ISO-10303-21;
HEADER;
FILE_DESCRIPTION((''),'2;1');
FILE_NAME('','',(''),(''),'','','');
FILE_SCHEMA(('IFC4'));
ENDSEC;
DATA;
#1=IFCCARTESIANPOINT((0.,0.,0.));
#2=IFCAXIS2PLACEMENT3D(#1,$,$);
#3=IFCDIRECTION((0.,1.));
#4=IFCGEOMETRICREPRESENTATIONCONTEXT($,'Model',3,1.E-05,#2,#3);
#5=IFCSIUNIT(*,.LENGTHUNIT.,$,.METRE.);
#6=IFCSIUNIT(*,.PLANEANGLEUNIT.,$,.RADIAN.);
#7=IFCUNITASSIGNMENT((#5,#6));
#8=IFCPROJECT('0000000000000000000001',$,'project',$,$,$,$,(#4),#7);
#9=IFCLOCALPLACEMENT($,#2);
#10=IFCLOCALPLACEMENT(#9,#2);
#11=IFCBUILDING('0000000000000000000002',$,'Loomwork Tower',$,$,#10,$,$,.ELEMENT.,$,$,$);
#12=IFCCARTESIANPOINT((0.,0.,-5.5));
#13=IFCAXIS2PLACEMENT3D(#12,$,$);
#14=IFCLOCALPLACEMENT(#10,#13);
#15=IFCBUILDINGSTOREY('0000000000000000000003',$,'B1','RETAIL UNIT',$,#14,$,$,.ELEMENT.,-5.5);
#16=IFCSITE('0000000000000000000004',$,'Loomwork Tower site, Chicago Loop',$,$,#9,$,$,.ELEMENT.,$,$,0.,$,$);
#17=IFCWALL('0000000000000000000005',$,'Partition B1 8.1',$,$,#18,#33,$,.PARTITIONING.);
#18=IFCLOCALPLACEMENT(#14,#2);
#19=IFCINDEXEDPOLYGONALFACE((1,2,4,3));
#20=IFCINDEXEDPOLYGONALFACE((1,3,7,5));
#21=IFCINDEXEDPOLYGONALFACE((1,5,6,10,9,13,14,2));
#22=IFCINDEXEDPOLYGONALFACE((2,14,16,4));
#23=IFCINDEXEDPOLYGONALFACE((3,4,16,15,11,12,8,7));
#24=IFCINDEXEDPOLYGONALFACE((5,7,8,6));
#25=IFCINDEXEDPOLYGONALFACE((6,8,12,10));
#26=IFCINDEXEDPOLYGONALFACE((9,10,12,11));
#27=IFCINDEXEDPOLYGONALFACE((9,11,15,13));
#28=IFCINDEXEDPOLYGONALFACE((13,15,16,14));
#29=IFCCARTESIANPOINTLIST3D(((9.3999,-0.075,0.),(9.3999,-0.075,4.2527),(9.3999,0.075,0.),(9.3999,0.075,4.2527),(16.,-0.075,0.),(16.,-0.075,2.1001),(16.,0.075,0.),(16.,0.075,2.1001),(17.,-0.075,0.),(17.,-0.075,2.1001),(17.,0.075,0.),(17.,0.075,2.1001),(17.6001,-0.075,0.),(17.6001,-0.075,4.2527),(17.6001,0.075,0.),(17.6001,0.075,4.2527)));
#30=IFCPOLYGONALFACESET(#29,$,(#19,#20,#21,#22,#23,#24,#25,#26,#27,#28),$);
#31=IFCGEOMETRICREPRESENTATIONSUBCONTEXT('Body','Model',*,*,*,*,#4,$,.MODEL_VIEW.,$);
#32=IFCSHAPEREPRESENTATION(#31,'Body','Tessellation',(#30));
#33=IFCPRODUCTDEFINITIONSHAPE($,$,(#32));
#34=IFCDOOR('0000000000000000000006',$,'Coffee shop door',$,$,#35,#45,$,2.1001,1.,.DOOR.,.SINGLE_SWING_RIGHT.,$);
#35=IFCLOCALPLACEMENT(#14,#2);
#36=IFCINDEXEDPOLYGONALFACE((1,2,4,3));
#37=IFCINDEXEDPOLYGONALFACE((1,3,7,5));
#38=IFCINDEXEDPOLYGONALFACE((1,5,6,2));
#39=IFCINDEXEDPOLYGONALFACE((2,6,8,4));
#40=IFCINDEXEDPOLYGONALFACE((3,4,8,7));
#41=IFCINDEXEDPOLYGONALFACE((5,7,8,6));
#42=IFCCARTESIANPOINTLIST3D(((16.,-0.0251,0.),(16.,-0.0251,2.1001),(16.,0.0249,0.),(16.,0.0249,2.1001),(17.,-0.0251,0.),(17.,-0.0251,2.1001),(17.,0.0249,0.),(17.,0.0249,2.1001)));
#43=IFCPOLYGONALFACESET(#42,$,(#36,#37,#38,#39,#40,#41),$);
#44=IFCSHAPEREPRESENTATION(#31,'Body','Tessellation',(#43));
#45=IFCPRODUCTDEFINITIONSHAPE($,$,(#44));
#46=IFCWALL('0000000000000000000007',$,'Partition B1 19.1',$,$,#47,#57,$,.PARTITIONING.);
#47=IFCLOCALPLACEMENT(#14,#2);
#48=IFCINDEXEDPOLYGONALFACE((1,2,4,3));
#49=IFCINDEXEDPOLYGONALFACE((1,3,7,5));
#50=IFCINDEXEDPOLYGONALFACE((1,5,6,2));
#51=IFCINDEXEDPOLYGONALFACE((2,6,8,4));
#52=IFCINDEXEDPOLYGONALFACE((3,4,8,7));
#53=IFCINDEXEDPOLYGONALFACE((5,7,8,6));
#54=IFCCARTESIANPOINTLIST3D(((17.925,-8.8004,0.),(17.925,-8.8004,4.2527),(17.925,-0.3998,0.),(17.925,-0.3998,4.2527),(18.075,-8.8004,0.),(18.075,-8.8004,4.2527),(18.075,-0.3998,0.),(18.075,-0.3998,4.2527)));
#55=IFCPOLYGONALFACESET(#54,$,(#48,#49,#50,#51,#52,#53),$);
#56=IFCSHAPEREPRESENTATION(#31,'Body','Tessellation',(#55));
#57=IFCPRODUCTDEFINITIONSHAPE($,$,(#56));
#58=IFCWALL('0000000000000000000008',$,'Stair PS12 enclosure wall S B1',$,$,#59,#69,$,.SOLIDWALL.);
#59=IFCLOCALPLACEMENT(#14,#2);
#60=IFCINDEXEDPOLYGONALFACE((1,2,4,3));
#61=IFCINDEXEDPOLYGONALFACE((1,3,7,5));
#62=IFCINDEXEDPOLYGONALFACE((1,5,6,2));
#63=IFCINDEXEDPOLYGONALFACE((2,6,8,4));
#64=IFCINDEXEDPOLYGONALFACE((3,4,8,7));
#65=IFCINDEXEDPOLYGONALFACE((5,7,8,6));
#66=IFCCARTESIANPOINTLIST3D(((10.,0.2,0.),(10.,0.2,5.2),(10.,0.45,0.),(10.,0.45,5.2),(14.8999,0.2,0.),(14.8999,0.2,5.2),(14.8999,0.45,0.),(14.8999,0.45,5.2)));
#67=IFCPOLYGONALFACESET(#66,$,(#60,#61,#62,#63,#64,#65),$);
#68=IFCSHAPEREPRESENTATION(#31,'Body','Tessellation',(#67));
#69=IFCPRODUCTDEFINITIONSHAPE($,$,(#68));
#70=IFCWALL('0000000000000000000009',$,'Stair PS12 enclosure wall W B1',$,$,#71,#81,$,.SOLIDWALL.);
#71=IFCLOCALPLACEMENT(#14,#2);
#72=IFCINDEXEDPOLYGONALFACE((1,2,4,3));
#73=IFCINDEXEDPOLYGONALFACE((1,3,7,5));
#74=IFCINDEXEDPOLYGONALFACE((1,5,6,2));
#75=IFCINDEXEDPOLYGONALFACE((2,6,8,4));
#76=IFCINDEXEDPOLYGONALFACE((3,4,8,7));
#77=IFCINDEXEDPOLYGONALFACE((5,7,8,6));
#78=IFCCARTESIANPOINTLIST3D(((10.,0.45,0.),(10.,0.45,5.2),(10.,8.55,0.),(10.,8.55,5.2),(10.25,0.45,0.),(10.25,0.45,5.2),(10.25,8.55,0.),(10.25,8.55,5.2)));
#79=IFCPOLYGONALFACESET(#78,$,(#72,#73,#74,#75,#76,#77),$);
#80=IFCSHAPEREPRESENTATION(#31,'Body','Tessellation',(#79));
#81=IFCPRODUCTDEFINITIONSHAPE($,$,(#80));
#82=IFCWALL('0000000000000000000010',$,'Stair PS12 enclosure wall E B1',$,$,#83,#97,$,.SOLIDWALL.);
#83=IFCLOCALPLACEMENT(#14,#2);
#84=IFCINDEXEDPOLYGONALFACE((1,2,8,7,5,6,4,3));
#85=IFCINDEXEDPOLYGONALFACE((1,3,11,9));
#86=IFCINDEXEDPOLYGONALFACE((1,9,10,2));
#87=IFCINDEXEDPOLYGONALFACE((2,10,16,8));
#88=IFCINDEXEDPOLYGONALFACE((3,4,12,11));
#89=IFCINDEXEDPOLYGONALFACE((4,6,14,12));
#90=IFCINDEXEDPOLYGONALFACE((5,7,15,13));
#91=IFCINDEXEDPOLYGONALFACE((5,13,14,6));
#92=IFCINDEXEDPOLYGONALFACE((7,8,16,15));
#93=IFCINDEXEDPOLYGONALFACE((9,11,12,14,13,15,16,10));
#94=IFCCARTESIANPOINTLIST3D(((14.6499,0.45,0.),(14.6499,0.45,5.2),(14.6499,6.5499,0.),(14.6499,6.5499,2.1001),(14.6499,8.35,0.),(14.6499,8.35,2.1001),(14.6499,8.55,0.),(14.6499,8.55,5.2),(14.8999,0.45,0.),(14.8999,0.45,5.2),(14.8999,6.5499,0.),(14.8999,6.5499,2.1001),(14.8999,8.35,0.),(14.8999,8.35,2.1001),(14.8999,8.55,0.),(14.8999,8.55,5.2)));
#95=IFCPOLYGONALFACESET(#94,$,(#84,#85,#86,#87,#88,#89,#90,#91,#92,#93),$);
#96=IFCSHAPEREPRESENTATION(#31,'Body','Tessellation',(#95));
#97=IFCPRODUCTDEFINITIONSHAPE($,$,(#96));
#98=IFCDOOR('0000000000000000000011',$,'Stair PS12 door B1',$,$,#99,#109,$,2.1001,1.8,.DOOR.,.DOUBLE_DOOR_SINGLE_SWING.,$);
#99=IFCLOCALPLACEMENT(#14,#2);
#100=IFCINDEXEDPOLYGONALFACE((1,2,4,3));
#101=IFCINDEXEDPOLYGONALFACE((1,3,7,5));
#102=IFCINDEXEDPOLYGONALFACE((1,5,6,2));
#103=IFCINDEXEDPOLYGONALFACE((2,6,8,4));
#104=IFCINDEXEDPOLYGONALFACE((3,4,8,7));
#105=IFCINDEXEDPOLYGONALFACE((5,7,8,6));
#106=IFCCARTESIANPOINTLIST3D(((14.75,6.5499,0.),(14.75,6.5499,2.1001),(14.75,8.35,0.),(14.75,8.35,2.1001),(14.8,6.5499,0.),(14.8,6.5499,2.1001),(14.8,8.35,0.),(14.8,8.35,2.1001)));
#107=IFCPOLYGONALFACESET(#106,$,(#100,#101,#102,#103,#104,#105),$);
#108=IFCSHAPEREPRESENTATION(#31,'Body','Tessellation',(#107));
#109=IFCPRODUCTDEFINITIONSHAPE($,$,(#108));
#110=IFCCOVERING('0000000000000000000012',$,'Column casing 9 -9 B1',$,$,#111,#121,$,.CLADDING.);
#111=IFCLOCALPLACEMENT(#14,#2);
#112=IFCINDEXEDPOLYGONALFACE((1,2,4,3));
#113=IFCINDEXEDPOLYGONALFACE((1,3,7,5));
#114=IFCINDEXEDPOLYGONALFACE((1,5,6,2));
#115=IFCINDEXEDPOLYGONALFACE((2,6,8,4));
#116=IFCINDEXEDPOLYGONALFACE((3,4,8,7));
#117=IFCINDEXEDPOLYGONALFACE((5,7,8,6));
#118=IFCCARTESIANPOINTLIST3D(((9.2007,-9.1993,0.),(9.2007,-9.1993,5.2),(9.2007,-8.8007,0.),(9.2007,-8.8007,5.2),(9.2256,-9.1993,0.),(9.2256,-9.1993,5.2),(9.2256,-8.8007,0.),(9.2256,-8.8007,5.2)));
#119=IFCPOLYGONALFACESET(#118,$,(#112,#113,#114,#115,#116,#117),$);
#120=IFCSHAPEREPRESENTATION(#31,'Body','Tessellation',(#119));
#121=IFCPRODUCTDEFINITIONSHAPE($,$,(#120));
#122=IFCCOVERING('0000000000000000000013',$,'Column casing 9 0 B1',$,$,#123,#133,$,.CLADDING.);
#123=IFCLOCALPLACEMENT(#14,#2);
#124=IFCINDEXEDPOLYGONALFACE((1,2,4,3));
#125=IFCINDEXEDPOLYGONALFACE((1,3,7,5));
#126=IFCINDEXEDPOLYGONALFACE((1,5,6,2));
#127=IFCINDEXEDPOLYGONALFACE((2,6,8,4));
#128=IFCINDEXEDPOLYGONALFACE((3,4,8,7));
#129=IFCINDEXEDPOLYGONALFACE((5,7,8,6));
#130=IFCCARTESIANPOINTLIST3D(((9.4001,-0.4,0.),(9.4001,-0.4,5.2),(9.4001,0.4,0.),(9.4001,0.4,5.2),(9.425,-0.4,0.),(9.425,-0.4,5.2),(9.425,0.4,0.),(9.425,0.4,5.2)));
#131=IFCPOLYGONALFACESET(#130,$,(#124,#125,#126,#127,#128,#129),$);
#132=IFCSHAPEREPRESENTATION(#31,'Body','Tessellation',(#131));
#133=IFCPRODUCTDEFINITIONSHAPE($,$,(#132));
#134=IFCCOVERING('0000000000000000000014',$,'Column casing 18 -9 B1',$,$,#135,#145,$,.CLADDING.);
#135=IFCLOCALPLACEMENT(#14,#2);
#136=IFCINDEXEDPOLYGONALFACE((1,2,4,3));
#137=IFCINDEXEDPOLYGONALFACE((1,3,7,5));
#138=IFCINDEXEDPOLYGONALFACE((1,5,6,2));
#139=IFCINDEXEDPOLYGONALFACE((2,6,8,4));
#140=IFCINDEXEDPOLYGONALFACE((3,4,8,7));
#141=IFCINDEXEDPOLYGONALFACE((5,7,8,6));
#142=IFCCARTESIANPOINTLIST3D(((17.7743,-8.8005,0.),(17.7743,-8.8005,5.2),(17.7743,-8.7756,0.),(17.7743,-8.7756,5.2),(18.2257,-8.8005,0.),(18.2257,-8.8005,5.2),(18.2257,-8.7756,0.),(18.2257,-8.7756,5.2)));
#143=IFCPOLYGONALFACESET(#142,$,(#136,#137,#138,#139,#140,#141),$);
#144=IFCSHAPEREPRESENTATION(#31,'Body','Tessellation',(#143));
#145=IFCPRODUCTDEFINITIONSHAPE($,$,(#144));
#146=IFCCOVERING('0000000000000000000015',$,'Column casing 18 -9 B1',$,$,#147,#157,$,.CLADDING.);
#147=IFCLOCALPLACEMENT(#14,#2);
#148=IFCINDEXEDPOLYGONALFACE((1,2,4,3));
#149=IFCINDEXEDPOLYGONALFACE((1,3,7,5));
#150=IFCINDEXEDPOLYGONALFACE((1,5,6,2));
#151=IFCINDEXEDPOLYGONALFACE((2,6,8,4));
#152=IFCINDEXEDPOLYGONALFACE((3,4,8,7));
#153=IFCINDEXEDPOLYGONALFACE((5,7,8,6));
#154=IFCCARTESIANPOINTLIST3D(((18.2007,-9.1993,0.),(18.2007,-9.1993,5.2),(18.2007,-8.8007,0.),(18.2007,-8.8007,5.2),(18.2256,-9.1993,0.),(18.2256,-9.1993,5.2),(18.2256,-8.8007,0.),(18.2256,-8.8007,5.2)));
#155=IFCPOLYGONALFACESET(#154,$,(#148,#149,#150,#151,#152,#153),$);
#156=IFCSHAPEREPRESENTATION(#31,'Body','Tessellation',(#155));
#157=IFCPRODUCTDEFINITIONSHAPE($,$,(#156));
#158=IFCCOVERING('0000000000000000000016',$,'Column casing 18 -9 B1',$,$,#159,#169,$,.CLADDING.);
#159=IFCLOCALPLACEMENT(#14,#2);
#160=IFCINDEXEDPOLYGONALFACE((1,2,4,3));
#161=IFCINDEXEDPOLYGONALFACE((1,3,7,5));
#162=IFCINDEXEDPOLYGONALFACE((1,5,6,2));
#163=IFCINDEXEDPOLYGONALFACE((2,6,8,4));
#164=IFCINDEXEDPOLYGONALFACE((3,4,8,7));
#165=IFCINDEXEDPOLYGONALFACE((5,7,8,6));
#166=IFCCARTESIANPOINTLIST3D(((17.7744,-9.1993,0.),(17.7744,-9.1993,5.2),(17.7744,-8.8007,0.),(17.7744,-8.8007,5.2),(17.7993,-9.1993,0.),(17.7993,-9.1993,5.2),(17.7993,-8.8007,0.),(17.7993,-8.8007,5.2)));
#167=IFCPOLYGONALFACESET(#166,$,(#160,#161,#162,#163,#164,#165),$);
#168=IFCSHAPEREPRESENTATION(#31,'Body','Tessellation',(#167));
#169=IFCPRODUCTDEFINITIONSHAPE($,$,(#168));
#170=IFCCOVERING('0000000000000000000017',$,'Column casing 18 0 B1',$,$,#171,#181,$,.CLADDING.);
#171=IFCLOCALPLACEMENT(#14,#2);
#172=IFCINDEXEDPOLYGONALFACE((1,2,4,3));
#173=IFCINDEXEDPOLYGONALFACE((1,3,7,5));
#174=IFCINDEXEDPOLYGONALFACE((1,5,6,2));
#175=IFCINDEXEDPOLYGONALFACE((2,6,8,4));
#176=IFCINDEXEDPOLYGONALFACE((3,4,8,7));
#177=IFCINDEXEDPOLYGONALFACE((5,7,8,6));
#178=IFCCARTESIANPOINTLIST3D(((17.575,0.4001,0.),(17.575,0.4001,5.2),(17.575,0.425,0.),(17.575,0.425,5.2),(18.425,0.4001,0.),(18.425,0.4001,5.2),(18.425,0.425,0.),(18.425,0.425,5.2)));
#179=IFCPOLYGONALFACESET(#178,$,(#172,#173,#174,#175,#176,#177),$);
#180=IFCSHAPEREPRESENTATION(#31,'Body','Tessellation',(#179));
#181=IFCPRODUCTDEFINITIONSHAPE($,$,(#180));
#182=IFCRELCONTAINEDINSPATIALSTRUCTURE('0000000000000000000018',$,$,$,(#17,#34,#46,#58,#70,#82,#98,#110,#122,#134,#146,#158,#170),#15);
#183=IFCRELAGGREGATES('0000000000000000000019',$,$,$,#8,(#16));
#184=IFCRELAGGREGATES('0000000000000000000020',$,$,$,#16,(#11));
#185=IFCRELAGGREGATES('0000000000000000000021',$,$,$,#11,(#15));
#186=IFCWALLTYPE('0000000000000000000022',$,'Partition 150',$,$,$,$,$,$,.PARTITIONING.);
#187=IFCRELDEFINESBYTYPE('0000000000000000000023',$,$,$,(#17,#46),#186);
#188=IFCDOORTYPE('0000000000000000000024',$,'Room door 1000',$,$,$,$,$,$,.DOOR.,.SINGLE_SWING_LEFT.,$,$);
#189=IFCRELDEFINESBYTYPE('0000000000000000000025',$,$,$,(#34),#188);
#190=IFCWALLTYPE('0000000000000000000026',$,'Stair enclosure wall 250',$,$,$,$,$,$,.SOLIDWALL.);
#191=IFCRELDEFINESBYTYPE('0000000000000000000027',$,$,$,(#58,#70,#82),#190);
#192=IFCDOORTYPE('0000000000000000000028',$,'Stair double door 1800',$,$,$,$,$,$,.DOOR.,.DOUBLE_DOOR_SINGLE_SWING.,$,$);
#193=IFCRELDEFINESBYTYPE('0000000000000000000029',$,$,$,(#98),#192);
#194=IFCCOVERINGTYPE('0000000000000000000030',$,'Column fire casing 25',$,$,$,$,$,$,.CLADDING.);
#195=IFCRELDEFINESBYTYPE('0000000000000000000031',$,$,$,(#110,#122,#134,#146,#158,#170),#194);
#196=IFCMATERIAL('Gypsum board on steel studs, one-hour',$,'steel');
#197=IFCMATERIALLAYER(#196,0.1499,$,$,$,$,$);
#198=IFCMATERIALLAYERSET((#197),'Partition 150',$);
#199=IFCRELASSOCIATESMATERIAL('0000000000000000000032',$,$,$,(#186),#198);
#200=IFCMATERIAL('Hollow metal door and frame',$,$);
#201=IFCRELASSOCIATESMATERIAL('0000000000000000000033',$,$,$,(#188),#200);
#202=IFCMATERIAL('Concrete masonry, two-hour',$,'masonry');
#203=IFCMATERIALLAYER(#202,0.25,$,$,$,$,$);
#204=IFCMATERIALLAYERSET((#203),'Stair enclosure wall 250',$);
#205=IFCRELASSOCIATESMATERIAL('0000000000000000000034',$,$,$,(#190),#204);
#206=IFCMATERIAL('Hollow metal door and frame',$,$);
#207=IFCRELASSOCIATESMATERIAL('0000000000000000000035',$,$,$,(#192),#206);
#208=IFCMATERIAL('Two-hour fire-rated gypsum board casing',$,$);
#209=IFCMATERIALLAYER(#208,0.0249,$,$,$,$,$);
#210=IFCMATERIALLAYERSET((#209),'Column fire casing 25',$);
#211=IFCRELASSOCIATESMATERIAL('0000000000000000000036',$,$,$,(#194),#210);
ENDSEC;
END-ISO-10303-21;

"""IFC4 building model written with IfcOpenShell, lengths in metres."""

from ifc_helpers import new_model, si_unit, direction, frame, frame_2d, origin, origin_2d, place, context, subcontext, project, spatial, rectangle, extrude, material, layer, layer_set, type_object, element, fill, save


model = new_model("IFC4")

# Units and contexts
model_context = context("Model", 3, precision=1e-05, world=origin(), true_north=direction((0.0, 1.0)))
body_context = subcontext(model_context, "Body", "Model", "MODEL_VIEW")
ifc_project = project(units=[si_unit("LENGTHUNIT", "METRE"), si_unit("PLANEANGLEUNIT", "RADIAN")], contexts=[model_context])

# Site, building, storey
site_placement = place(None, origin())
site = spatial("IfcSite", under=ifc_project, at=site_placement, Name="Loomwork Tower site, Chicago Loop", CompositionType="ELEMENT", RefElevation=0.0)
building_placement = place(site_placement, origin())
building = spatial("IfcBuilding", under=site, at=building_placement, Name="Loomwork Tower", CompositionType="ELEMENT")
storey_placement = place(building_placement, frame((0.0, 0.0, -5.5)))
storey = spatial("IfcBuildingStorey", under=building, at=storey_placement, Name="B1", Description="RETAIL UNIT", CompositionType="ELEMENT", Elevation=-5.5)

# Wall, opening, door
ifc_material_1 = material(Name="Gypsum board on steel studs, one-hour", Category="steel")
ifc_layer_1 = layer(ifc_material_1, 0.1499)
ifc_layer_set_1 = layer_set([ifc_layer_1], Name="Partition 150")
wall_type_1 = type_object("IfcWallType", Name="Partition 150", PredefinedType="PARTITIONING", material=ifc_layer_set_1)
wall_1_placement = place(storey_placement, frame((9.3999, 0.0, 0.0), z_axis=(0.0, 0.0, 1.0), x_axis=(1.0, 0.0, 0.0)))
wall_1 = element("IfcWall", 1, at=wall_1_placement, inside=storey, type_object=wall_type_1, Name="Partition B1 8.1", PredefinedType="PARTITIONING", context=body_context, shape_type="SweptSolid", body=[
    extrude(rectangle(XDim=8.2002, YDim=0.1499, at=frame_2d((4.1001, 0.0))), origin(), (0.0, 0.0, 1.0), 4.2527),
])
opening_1_placement = place(wall_1_placement, frame((6.6001, 0.0, 0.0)))
opening_1 = element("IfcOpeningElement", 2, at=opening_1_placement, cuts=wall_1, PredefinedType="OPENING", context=body_context, shape_type="SweptSolid", body=[
    extrude(rectangle(XDim=1.0, YDim=2.1001, at=frame_2d((0.5, 1.05))), frame((0.0, 0.085, 0.0), z_axis=(0.0, -1.0, 0.0), x_axis=(1.0, 0.0, 0.0)), (0.0, 0.0, 1.0), 0.1699),
])
ifc_material_2 = material(Name="Hollow metal door and frame")
door_type_1 = type_object("IfcDoorType", Name="Room door 1000", OperationType="SINGLE_SWING_LEFT", PredefinedType="DOOR", material=ifc_material_2)
door_1_placement = place(opening_1_placement, origin())
door_1 = element("IfcDoor", 3, at=door_1_placement, inside=storey, type_object=door_type_1, Name="Coffee shop door", OperationType="SINGLE_SWING_RIGHT", OverallHeight=2.1001, OverallWidth=1.0, PredefinedType="DOOR", context=body_context, shape_type="SweptSolid", body=[
    extrude(rectangle(XDim=1.0, YDim=2.1001, at=frame_2d((0.5, 1.05))), frame((0.0, 0.0249, 0.0), z_axis=(0.0, -1.0, 0.0), x_axis=(1.0, 0.0, 0.0)), (0.0, 0.0, 1.0), 0.05),
])
fill(opening_1, door_1)

# Walls
wall_2_placement = place(storey_placement, frame((18.0, -0.3999, 0.0), z_axis=(0.0, 0.0, 1.0), x_axis=(0.0, -1.0, 0.0)))
element("IfcWall", 4, at=wall_2_placement, inside=storey, type_object=wall_type_1, Name="Partition B1 19.1", PredefinedType="PARTITIONING", context=body_context, shape_type="SweptSolid", body=[
    extrude(rectangle(XDim=8.4006, YDim=0.1499, at=frame_2d((4.2002, 0.0))), origin(), (0.0, 0.0, 1.0), 4.2527),
])
ifc_material_3 = material(Name="Concrete masonry, two-hour", Category="masonry")
ifc_layer_2 = layer(ifc_material_3, 0.25)
ifc_layer_set_2 = layer_set([ifc_layer_2], Name="Stair enclosure wall 250")
wall_type_2 = type_object("IfcWallType", Name="Stair enclosure wall 250", PredefinedType="SOLIDWALL", material=ifc_layer_set_2)
wall_3_placement = place(storey_placement, frame((10.0, 0.325, 0.0), z_axis=(0.0, 0.0, 1.0), x_axis=(1.0, 0.0, 0.0)))
element("IfcWall", 5, at=wall_3_placement, inside=storey, type_object=wall_type_2, Name="Stair PS12 enclosure wall S B1", PredefinedType="SOLIDWALL", context=body_context, shape_type="SweptSolid", body=[
    extrude(rectangle(XDim=4.8999, YDim=0.25, at=frame_2d((2.45, 0.0))), origin(), (0.0, 0.0, 1.0), 5.2),
])
wall_4_placement = place(storey_placement, frame((10.125, 0.45, 0.0), z_axis=(0.0, 0.0, 1.0), x_axis=(0.0, 1.0, 0.0)))
element("IfcWall", 6, at=wall_4_placement, inside=storey, type_object=wall_type_2, Name="Stair PS12 enclosure wall W B1", PredefinedType="SOLIDWALL", context=body_context, shape_type="SweptSolid", body=[
    extrude(rectangle(XDim=8.1001, YDim=0.25, at=frame_2d((4.05, 0.0))), origin(), (0.0, 0.0, 1.0), 5.2),
])

# Wall, opening, door
wall_5_placement = place(storey_placement, frame((14.7749, 0.45, 0.0), z_axis=(0.0, 0.0, 1.0), x_axis=(0.0, 1.0, 0.0)))
wall_5 = element("IfcWall", 7, at=wall_5_placement, inside=storey, type_object=wall_type_2, Name="Stair PS12 enclosure wall E B1", PredefinedType="SOLIDWALL", context=body_context, shape_type="SweptSolid", body=[
    extrude(rectangle(XDim=8.1001, YDim=0.25, at=frame_2d((4.05, 0.0))), origin(), (0.0, 0.0, 1.0), 5.2),
])
opening_2_placement = place(wall_5_placement, frame((6.1001, 0.0, 0.0)))
opening_2 = element("IfcOpeningElement", 8, at=opening_2_placement, cuts=wall_5, PredefinedType="OPENING", context=body_context, shape_type="SweptSolid", body=[
    extrude(rectangle(XDim=1.8, YDim=2.1001, at=frame_2d((0.8999, 1.05))), frame((0.0, 0.135, 0.0), z_axis=(0.0, -1.0, 0.0), x_axis=(1.0, 0.0, 0.0)), (0.0, 0.0, 1.0), 0.27),
])
ifc_material_4 = material(Name="Hollow metal door and frame")
door_type_2 = type_object("IfcDoorType", Name="Stair double door 1800", OperationType="DOUBLE_DOOR_SINGLE_SWING", PredefinedType="DOOR", material=ifc_material_4)
door_2_placement = place(opening_2_placement, origin())
door_2 = element("IfcDoor", 9, at=door_2_placement, inside=storey, type_object=door_type_2, Name="Stair PS12 door B1", OperationType="DOUBLE_DOOR_SINGLE_SWING", OverallHeight=2.1001, OverallWidth=1.8, PredefinedType="DOOR", context=body_context, shape_type="SweptSolid", body=[
    extrude(rectangle(XDim=1.8, YDim=2.1001, at=frame_2d((0.8999, 1.05))), frame((0.0, 0.0249, 0.0), z_axis=(0.0, -1.0, 0.0), x_axis=(1.0, 0.0, 0.0)), (0.0, 0.0, 1.0), 0.05),
])
fill(opening_2, door_2)

# Coverings
ifc_material_5 = material(Name="Two-hour fire-rated gypsum board casing")
ifc_layer_3 = layer(ifc_material_5, 0.0249)
ifc_layer_set_3 = layer_set([ifc_layer_3], Name="Column fire casing 25")
covering_type = type_object("IfcCoveringType", Name="Column fire casing 25", PredefinedType="CLADDING", material=ifc_layer_set_3)
covering_1_placement = place(storey_placement, frame((9.2131, -9.0, 0.0), z_axis=(0.0, 0.0, 1.0), x_axis=(1.0, 0.0, 0.0)))
element("IfcCovering", 10, at=covering_1_placement, inside=storey, type_object=covering_type, Name="Column casing 9 -9 B1", PredefinedType="CLADDING", context=body_context, shape_type="SweptSolid", body=[
    extrude(rectangle(XDim=0.0249, YDim=0.3987, at=origin_2d()), origin(), (0.0, 0.0, 1.0), 5.2),
])
covering_2_placement = place(storey_placement, frame((9.4126, 0.0, 0.0), z_axis=(0.0, 0.0, 1.0), x_axis=(1.0, 0.0, 0.0)))
element("IfcCovering", 11, at=covering_2_placement, inside=storey, type_object=covering_type, Name="Column casing 9 0 B1", PredefinedType="CLADDING", context=body_context, shape_type="SweptSolid", body=[
    extrude(rectangle(XDim=0.0249, YDim=0.8, at=origin_2d()), origin(), (0.0, 0.0, 1.0), 5.2),
])
covering_3_placement = place(storey_placement, frame((18.0, -8.7881, 0.0), z_axis=(0.0, 0.0, 1.0), x_axis=(1.0, 0.0, 0.0)))
element("IfcCovering", 12, at=covering_3_placement, inside=storey, type_object=covering_type, Name="Column casing 18 -9 B1", PredefinedType="CLADDING", context=body_context, shape_type="SweptSolid", body=[
    extrude(rectangle(XDim=0.4514, YDim=0.0249, at=origin_2d()), origin(), (0.0, 0.0, 1.0), 5.2),
])
for number, where, z_axis, x_axis, name in (
    (13, (18.2131, -9.0, 0.0), (0.0, 0.0, 1.0), (1.0, 0.0, 0.0), "Column casing 18 -9 B1"),
    (14, (17.7869, -9.0, 0.0), (0.0, 0.0, 1.0), (1.0, 0.0, 0.0), "Column casing 18 -9 B1"),
):
    element("IfcCovering", number, at=place(storey_placement, frame(where, z_axis=z_axis, x_axis=x_axis)), inside=storey, type_object=covering_type, Name=name, PredefinedType="CLADDING", context=body_context, shape_type="SweptSolid", body=[
        extrude(rectangle(XDim=0.0249, YDim=0.3987, at=origin_2d()), origin(), (0.0, 0.0, 1.0), 5.2),
    ])
for number, where, z_axis, x_axis, name in (
    (15, (18.0, 0.4126, 0.0), (0.0, 0.0, 1.0), (1.0, 0.0, 0.0), "Column casing 18 0 B1"),
):
    element("IfcCovering", number, at=place(storey_placement, frame(where, z_axis=z_axis, x_axis=x_axis)), inside=storey, type_object=covering_type, Name=name, PredefinedType="CLADDING", context=body_context, shape_type="SweptSolid", body=[
        extrude(rectangle(XDim=0.8501, YDim=0.0249, at=origin_2d()), origin(), (0.0, 0.0, 1.0), 5.2),
    ])

save(model, "model.ifc")
